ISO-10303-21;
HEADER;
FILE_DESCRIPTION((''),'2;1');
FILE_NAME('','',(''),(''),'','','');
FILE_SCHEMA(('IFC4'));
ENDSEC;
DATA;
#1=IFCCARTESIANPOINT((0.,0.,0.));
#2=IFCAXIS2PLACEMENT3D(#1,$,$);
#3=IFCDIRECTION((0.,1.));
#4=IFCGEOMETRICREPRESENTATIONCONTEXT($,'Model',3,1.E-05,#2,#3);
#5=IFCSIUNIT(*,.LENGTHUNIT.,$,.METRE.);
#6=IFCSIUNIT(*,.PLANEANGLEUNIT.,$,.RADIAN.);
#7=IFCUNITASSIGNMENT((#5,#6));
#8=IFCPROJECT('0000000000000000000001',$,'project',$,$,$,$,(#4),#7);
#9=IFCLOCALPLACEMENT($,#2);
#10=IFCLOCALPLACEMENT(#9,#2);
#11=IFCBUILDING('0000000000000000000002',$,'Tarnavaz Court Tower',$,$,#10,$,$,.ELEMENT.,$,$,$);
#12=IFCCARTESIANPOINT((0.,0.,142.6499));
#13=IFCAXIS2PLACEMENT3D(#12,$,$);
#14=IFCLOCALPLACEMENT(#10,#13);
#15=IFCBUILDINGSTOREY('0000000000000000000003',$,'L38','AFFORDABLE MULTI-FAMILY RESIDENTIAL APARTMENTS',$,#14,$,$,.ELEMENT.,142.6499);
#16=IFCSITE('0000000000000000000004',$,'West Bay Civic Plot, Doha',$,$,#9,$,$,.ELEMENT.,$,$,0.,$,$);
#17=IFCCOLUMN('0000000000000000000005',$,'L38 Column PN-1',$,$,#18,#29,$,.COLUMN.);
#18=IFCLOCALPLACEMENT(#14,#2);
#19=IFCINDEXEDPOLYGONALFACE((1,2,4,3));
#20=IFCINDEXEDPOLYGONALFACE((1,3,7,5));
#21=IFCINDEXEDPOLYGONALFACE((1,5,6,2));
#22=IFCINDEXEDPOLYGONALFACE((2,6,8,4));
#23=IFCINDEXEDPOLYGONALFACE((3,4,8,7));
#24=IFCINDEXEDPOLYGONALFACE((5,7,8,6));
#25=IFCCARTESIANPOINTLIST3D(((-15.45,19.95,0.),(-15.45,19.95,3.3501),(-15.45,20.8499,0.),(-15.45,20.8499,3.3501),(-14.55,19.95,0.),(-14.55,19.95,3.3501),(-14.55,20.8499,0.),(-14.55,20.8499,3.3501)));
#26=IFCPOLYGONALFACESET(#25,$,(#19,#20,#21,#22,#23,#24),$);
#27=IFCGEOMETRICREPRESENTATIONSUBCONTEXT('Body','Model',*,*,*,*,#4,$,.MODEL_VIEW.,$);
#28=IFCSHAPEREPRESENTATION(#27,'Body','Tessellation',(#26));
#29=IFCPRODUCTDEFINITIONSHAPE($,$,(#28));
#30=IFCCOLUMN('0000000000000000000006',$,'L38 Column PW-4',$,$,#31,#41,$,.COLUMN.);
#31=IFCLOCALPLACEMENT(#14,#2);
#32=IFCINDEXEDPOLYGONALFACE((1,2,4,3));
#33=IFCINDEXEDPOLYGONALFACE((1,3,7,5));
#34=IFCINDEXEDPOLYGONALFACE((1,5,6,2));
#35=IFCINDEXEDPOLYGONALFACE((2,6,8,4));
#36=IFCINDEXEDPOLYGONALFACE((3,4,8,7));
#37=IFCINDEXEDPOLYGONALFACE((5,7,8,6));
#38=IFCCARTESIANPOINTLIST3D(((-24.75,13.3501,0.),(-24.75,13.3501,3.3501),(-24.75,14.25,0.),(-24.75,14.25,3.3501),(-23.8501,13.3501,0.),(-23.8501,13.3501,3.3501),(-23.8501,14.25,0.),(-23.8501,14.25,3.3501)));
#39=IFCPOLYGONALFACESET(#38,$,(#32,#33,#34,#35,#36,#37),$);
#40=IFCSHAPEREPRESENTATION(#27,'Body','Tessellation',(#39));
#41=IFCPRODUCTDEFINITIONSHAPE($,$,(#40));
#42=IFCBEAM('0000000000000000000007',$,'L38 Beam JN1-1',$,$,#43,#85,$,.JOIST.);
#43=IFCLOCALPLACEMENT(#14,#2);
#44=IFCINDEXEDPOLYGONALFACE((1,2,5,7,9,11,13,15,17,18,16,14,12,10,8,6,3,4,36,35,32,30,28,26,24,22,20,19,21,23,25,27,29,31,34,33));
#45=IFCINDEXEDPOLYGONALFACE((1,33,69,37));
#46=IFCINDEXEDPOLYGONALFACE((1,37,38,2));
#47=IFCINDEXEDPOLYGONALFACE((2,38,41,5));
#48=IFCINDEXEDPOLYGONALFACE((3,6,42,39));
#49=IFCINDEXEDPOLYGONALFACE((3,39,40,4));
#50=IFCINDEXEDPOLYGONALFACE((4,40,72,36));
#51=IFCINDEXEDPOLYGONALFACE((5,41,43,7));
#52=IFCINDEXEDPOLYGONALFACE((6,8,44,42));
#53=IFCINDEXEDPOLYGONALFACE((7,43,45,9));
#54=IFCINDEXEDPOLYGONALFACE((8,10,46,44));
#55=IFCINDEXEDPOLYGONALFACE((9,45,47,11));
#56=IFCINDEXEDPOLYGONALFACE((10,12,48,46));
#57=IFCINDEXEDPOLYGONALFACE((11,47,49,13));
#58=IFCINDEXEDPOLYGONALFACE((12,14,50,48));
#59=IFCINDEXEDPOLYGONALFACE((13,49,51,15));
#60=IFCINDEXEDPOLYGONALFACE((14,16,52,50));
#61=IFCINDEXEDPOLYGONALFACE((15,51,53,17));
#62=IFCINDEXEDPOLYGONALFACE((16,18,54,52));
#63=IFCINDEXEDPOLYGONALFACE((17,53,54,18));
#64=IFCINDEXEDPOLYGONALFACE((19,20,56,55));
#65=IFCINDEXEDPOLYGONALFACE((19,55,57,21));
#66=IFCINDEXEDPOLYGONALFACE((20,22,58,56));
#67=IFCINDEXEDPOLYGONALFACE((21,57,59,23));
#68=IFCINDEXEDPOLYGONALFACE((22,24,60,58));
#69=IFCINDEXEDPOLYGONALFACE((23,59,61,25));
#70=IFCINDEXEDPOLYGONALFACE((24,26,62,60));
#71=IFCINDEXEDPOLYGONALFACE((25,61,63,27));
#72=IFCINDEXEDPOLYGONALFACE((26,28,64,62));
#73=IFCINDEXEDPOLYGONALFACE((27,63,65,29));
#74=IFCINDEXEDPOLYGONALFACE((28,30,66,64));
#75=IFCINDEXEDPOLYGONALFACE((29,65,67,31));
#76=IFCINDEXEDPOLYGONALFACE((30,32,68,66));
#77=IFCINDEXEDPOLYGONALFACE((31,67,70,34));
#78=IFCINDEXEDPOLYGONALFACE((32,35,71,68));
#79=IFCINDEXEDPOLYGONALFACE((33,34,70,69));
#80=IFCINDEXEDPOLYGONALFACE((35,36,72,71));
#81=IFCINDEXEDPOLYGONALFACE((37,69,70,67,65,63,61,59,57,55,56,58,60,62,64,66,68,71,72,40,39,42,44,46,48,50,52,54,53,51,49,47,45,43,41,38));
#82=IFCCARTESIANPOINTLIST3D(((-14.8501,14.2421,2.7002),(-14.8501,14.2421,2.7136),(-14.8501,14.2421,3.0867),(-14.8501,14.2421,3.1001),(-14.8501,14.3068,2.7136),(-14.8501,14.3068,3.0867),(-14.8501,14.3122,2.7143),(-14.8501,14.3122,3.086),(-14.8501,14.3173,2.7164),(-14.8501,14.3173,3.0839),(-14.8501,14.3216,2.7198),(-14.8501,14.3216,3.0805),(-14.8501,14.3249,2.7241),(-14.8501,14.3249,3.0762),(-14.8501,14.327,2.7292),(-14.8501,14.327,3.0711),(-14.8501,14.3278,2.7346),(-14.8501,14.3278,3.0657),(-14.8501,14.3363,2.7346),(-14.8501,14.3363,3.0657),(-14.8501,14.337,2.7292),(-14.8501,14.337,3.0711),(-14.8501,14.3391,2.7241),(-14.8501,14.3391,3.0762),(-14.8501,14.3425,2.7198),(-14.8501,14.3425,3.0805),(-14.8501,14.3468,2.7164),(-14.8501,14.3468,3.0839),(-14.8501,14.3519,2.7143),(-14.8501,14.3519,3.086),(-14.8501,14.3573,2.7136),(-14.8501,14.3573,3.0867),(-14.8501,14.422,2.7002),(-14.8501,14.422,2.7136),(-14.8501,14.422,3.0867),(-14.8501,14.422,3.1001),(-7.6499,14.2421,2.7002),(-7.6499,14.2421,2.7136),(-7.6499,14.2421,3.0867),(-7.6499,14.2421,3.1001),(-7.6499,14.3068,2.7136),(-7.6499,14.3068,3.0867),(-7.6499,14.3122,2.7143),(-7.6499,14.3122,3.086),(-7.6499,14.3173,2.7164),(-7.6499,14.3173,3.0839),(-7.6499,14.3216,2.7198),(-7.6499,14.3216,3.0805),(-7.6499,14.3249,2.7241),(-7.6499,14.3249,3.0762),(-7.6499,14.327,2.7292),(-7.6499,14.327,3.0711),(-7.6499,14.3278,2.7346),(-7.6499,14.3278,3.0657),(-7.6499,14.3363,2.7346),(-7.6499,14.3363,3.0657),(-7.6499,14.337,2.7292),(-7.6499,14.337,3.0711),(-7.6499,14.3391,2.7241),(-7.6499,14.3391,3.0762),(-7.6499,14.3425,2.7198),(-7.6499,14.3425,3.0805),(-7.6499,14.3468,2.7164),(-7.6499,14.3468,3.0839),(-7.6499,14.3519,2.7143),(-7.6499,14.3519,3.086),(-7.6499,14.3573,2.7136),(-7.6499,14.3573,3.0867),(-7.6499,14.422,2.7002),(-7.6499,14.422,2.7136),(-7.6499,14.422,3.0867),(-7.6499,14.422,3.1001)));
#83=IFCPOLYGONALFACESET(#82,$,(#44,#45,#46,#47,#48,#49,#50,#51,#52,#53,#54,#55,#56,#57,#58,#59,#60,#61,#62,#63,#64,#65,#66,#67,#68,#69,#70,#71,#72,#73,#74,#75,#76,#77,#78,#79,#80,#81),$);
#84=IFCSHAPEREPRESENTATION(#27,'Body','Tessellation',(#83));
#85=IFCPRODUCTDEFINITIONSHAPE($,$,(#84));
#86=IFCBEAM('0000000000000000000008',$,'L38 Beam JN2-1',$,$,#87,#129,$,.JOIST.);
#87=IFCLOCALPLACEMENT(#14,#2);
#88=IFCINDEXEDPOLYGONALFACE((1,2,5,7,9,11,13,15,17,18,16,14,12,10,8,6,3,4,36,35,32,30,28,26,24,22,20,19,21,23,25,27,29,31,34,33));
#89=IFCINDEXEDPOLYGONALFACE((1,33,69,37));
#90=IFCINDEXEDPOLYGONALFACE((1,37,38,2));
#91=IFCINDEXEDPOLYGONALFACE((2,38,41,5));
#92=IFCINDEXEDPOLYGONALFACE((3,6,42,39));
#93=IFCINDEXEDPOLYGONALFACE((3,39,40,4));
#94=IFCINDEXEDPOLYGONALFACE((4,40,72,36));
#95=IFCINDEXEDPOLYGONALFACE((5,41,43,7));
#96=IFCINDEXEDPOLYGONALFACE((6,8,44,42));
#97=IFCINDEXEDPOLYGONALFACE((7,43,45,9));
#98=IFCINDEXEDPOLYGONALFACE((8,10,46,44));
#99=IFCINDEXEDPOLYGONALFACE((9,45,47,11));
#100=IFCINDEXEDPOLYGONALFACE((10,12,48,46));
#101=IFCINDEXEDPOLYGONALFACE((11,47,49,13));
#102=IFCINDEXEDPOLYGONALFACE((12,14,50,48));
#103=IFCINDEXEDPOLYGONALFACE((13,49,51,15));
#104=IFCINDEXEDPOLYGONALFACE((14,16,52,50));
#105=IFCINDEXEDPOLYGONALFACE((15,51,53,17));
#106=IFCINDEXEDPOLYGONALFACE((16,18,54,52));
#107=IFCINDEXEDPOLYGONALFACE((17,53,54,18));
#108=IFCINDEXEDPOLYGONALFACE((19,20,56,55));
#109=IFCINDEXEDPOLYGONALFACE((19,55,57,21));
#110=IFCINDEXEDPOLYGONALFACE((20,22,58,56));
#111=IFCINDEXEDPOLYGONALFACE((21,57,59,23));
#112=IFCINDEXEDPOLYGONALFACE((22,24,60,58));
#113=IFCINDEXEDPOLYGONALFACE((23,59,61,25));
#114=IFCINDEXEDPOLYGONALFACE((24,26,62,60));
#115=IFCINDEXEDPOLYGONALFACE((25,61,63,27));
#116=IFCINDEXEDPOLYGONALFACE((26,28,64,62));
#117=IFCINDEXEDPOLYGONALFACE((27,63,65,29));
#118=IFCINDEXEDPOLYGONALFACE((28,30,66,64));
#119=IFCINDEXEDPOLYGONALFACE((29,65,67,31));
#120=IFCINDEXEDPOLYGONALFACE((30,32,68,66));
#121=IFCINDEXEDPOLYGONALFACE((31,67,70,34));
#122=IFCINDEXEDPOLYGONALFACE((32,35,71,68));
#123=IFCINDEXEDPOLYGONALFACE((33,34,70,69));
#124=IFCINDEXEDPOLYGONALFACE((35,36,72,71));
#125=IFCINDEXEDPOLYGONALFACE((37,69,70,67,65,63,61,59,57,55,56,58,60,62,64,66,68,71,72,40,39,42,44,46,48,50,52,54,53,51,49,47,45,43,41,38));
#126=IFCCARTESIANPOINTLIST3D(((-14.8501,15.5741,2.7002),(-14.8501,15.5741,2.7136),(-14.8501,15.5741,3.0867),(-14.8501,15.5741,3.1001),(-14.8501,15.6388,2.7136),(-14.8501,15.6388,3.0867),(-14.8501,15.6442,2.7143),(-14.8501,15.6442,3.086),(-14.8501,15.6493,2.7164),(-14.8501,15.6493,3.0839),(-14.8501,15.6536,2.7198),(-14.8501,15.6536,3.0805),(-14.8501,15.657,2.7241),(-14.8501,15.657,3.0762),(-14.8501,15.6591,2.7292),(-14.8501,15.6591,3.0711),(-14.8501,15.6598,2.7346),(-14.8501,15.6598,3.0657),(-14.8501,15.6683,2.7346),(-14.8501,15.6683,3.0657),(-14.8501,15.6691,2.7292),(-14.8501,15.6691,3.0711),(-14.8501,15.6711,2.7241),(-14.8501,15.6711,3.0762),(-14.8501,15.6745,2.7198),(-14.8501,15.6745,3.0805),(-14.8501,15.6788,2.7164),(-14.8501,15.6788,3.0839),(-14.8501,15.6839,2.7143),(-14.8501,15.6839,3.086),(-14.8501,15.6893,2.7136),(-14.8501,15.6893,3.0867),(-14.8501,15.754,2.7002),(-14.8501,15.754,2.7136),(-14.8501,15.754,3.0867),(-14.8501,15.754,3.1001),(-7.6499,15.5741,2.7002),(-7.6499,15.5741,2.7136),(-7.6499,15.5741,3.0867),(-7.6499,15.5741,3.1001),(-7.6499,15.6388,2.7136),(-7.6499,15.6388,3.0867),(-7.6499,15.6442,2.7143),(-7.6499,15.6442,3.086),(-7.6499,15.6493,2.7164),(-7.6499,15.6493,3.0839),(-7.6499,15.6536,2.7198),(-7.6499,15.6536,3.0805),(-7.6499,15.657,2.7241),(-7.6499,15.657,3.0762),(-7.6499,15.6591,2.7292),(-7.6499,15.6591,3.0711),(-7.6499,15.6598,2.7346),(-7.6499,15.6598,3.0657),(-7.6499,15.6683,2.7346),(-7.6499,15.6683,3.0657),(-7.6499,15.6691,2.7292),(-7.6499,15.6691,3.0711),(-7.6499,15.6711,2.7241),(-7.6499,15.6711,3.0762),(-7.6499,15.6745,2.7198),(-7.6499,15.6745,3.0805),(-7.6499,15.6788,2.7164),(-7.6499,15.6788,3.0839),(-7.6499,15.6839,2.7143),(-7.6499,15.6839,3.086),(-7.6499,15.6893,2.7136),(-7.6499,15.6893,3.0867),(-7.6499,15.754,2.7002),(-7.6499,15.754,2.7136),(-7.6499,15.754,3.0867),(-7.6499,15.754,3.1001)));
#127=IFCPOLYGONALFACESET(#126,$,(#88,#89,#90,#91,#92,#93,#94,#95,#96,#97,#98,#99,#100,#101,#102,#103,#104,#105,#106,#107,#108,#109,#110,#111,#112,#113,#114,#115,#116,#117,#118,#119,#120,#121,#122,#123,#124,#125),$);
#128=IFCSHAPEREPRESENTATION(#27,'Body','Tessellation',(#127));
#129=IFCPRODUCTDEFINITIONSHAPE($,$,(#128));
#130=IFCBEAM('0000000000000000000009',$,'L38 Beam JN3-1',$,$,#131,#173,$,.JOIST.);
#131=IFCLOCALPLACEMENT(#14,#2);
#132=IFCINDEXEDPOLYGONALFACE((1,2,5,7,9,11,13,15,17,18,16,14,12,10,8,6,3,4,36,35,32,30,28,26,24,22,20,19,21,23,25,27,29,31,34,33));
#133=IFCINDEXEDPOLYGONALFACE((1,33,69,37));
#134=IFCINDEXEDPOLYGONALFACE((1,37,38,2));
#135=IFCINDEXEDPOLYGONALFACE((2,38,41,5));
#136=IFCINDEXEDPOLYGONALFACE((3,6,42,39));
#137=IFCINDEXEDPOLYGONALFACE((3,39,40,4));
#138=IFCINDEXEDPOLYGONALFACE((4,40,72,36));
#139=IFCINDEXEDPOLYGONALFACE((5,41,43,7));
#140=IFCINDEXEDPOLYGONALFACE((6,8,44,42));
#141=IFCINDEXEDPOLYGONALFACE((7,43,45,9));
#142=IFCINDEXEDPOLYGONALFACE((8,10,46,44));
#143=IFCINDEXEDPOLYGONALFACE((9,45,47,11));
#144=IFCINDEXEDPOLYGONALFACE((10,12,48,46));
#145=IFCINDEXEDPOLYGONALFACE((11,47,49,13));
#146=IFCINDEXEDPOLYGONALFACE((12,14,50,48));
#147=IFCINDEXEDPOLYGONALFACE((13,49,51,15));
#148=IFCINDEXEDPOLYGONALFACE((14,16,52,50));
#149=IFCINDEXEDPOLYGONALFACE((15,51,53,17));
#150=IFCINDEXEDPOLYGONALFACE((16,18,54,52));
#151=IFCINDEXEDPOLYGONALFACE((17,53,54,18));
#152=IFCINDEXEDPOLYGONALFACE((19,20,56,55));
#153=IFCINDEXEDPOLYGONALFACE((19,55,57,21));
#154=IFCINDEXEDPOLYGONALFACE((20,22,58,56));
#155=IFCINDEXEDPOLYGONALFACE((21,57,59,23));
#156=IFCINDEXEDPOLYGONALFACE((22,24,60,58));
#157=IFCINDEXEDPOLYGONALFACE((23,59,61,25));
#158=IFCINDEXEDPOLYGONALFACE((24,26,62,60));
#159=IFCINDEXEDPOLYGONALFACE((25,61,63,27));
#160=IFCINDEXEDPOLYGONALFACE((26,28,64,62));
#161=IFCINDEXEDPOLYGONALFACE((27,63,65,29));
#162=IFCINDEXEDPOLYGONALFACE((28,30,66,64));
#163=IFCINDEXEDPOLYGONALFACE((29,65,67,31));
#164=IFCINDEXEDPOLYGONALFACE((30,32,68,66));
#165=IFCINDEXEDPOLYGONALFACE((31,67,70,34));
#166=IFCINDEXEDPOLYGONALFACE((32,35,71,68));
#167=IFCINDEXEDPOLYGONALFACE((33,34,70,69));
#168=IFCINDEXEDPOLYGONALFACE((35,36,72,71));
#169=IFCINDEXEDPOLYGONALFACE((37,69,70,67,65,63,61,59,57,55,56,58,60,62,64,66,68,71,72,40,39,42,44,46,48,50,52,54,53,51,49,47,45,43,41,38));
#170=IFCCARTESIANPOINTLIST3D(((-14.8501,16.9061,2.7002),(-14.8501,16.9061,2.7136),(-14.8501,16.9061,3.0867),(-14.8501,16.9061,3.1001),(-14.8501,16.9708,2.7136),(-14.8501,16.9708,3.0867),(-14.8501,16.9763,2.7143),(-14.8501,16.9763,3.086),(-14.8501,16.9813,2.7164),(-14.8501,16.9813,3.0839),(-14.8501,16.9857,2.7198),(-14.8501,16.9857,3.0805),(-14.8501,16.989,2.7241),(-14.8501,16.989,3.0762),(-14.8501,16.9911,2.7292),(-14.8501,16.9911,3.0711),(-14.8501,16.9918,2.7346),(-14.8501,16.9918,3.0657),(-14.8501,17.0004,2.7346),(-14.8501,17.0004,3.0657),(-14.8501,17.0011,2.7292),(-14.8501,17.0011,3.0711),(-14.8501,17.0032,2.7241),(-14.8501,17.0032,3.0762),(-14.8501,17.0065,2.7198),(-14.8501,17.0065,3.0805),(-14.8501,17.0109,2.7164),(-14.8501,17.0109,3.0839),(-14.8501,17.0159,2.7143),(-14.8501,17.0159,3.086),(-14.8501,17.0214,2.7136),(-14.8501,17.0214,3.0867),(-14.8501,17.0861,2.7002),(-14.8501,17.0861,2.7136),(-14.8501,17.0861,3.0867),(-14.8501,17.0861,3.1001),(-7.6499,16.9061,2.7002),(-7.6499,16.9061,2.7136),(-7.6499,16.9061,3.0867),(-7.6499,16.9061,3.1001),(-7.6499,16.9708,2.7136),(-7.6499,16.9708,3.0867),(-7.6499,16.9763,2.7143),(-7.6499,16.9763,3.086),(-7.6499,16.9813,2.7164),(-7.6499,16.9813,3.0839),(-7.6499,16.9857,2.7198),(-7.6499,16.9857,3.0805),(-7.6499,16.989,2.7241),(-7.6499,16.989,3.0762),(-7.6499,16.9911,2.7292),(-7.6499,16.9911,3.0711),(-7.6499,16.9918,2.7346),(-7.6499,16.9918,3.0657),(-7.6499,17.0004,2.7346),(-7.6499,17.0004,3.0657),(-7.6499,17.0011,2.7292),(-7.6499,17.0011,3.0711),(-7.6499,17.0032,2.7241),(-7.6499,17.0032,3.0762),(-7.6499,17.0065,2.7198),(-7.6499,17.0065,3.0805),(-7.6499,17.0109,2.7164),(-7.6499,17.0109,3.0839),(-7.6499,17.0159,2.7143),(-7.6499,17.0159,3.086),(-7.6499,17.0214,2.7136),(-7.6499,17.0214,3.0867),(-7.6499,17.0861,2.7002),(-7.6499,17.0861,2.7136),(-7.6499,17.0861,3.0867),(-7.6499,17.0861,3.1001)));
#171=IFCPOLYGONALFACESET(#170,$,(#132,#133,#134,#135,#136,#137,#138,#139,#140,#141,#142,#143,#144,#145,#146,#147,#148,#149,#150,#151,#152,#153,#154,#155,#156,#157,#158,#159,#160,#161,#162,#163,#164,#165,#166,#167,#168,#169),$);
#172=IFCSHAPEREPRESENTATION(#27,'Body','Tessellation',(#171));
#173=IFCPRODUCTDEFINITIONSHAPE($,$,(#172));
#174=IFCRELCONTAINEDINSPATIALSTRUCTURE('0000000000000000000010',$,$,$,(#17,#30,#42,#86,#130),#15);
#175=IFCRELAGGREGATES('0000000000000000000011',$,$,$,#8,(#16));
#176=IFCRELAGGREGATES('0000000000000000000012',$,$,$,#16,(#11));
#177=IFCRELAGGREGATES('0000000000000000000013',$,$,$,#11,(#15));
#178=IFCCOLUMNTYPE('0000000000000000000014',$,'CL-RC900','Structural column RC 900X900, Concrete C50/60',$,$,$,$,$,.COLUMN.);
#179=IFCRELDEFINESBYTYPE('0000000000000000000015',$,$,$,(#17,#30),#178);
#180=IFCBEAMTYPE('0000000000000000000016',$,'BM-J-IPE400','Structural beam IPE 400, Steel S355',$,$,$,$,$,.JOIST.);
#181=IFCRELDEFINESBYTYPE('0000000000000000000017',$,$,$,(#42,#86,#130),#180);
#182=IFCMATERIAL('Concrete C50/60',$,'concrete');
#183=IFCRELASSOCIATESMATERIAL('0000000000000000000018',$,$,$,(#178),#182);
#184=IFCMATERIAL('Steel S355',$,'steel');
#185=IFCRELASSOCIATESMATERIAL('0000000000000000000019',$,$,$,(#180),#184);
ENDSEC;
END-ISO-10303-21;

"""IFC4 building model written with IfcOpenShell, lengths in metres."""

from ifc_helpers import new_model, si_unit, direction, frame, origin, origin_2d, place, context, subcontext, project, spatial, rectangle, i_section, extrude, material, material_profile, profile_set, type_object, element, save


model = new_model("IFC4")

# Units and contexts
model_context = context("Model", 3, precision=1e-05, world=origin(), true_north=direction((0.0, 1.0)))
body_context = subcontext(model_context, "Body", "Model", "MODEL_VIEW")
ifc_project = project(units=[si_unit("LENGTHUNIT", "METRE"), si_unit("PLANEANGLEUNIT", "RADIAN")], contexts=[model_context])

# Site, building, storey
site_placement = place(None, origin())
site = spatial("IfcSite", under=ifc_project, at=site_placement, Name="West Bay Civic Plot, Doha", CompositionType="ELEMENT", RefElevation=0.0)
building_placement = place(site_placement, origin())
building = spatial("IfcBuilding", under=site, at=building_placement, Name="Tarnavaz Court Tower", CompositionType="ELEMENT")
storey_placement = place(building_placement, frame((0.0, 0.0, 142.6499)))
storey = spatial("IfcBuildingStorey", under=building, at=storey_placement, Name="L38", Description="AFFORDABLE MULTI-FAMILY RESIDENTIAL APARTMENTS", CompositionType="ELEMENT", Elevation=142.6499)

# Columns
ifc_material_1 = material(Name="Concrete C50/60", Category="concrete")
ifc_material_profile_1 = material_profile(ifc_material_1, rectangle(XDim=0.8999, YDim=0.8999, at=origin_2d()), Name="RC 900X900")
ifc_profile_set_1 = profile_set([ifc_material_profile_1], Name="Concrete C50/60")
column_type = type_object("IfcColumnType", Name="CL-RC900", Description="Structural column RC 900X900, Concrete C50/60", PredefinedType="COLUMN", material=ifc_profile_set_1)
for number, where, z_axis, x_axis, name in (
    (1, (-15.0, 20.3999, 0.0), (0.0, 0.0, 1.0), (1.0, 0.0, 0.0), "L38 Column PN-1"),
    (2, (-24.3, 13.8, 0.0), (0.0, 0.0, 1.0), (1.0, 0.0, 0.0), "L38 Column PW-4"),
):
    element("IfcColumn", number, at=place(storey_placement, frame(where, z_axis=z_axis, x_axis=x_axis)), inside=storey, type_object=column_type, Name=name, PredefinedType="COLUMN", context=body_context, shape_type="SweptSolid", body=[
        extrude(rectangle(XDim=0.8999, YDim=0.8999, at=origin_2d()), origin(), (0.0, 0.0, 1.0), 3.3501),
    ])

# Beams
ifc_material_2 = material(Name="Steel S355", Category="steel")
ifc_material_profile_2 = material_profile(ifc_material_2, i_section(OverallWidth=0.1799, OverallDepth=0.3999, WebThickness=0.0085, FlangeThickness=0.0134, FilletRadius=0.021, at=origin_2d()), Name="IPE 400")
ifc_profile_set_2 = profile_set([ifc_material_profile_2], Name="Steel S355")
beam_type_1 = type_object("IfcBeamType", Name="BM-J-IPE400", Description="Structural beam IPE 400, Steel S355", PredefinedType="JOIST", material=ifc_profile_set_2)
for number, where, z_axis, x_axis, name in (
    (3, (-14.8501, 14.332, 2.9001), (1.0, 0.0, 0.0), (0.0, 1.0, 0.0), "L38 Beam JN1-1"),
    (4, (-14.8501, 15.6641, 2.9001), (1.0, 0.0, 0.0), (0.0, 1.0, 0.0), "L38 Beam JN2-1"),
    (5, (-14.8501, 16.9961, 2.9001), (1.0, 0.0, 0.0), (0.0, 1.0, 0.0), "L38 Beam JN3-1"),
):
    element("IfcBeam", number, at=place(storey_placement, frame(where, z_axis=z_axis, x_axis=x_axis)), inside=storey, type_object=beam_type_1, Name=name, PredefinedType="JOIST", context=body_context, shape_type="SweptSolid", body=[
        extrude(i_section(OverallWidth=0.1799, OverallDepth=0.3999, WebThickness=0.0085, FlangeThickness=0.0134, FilletRadius=0.021, at=origin_2d()), origin(), (0.0, 0.0, 1.0), 7.2002),
    ])

save(model, "model.ifc")
